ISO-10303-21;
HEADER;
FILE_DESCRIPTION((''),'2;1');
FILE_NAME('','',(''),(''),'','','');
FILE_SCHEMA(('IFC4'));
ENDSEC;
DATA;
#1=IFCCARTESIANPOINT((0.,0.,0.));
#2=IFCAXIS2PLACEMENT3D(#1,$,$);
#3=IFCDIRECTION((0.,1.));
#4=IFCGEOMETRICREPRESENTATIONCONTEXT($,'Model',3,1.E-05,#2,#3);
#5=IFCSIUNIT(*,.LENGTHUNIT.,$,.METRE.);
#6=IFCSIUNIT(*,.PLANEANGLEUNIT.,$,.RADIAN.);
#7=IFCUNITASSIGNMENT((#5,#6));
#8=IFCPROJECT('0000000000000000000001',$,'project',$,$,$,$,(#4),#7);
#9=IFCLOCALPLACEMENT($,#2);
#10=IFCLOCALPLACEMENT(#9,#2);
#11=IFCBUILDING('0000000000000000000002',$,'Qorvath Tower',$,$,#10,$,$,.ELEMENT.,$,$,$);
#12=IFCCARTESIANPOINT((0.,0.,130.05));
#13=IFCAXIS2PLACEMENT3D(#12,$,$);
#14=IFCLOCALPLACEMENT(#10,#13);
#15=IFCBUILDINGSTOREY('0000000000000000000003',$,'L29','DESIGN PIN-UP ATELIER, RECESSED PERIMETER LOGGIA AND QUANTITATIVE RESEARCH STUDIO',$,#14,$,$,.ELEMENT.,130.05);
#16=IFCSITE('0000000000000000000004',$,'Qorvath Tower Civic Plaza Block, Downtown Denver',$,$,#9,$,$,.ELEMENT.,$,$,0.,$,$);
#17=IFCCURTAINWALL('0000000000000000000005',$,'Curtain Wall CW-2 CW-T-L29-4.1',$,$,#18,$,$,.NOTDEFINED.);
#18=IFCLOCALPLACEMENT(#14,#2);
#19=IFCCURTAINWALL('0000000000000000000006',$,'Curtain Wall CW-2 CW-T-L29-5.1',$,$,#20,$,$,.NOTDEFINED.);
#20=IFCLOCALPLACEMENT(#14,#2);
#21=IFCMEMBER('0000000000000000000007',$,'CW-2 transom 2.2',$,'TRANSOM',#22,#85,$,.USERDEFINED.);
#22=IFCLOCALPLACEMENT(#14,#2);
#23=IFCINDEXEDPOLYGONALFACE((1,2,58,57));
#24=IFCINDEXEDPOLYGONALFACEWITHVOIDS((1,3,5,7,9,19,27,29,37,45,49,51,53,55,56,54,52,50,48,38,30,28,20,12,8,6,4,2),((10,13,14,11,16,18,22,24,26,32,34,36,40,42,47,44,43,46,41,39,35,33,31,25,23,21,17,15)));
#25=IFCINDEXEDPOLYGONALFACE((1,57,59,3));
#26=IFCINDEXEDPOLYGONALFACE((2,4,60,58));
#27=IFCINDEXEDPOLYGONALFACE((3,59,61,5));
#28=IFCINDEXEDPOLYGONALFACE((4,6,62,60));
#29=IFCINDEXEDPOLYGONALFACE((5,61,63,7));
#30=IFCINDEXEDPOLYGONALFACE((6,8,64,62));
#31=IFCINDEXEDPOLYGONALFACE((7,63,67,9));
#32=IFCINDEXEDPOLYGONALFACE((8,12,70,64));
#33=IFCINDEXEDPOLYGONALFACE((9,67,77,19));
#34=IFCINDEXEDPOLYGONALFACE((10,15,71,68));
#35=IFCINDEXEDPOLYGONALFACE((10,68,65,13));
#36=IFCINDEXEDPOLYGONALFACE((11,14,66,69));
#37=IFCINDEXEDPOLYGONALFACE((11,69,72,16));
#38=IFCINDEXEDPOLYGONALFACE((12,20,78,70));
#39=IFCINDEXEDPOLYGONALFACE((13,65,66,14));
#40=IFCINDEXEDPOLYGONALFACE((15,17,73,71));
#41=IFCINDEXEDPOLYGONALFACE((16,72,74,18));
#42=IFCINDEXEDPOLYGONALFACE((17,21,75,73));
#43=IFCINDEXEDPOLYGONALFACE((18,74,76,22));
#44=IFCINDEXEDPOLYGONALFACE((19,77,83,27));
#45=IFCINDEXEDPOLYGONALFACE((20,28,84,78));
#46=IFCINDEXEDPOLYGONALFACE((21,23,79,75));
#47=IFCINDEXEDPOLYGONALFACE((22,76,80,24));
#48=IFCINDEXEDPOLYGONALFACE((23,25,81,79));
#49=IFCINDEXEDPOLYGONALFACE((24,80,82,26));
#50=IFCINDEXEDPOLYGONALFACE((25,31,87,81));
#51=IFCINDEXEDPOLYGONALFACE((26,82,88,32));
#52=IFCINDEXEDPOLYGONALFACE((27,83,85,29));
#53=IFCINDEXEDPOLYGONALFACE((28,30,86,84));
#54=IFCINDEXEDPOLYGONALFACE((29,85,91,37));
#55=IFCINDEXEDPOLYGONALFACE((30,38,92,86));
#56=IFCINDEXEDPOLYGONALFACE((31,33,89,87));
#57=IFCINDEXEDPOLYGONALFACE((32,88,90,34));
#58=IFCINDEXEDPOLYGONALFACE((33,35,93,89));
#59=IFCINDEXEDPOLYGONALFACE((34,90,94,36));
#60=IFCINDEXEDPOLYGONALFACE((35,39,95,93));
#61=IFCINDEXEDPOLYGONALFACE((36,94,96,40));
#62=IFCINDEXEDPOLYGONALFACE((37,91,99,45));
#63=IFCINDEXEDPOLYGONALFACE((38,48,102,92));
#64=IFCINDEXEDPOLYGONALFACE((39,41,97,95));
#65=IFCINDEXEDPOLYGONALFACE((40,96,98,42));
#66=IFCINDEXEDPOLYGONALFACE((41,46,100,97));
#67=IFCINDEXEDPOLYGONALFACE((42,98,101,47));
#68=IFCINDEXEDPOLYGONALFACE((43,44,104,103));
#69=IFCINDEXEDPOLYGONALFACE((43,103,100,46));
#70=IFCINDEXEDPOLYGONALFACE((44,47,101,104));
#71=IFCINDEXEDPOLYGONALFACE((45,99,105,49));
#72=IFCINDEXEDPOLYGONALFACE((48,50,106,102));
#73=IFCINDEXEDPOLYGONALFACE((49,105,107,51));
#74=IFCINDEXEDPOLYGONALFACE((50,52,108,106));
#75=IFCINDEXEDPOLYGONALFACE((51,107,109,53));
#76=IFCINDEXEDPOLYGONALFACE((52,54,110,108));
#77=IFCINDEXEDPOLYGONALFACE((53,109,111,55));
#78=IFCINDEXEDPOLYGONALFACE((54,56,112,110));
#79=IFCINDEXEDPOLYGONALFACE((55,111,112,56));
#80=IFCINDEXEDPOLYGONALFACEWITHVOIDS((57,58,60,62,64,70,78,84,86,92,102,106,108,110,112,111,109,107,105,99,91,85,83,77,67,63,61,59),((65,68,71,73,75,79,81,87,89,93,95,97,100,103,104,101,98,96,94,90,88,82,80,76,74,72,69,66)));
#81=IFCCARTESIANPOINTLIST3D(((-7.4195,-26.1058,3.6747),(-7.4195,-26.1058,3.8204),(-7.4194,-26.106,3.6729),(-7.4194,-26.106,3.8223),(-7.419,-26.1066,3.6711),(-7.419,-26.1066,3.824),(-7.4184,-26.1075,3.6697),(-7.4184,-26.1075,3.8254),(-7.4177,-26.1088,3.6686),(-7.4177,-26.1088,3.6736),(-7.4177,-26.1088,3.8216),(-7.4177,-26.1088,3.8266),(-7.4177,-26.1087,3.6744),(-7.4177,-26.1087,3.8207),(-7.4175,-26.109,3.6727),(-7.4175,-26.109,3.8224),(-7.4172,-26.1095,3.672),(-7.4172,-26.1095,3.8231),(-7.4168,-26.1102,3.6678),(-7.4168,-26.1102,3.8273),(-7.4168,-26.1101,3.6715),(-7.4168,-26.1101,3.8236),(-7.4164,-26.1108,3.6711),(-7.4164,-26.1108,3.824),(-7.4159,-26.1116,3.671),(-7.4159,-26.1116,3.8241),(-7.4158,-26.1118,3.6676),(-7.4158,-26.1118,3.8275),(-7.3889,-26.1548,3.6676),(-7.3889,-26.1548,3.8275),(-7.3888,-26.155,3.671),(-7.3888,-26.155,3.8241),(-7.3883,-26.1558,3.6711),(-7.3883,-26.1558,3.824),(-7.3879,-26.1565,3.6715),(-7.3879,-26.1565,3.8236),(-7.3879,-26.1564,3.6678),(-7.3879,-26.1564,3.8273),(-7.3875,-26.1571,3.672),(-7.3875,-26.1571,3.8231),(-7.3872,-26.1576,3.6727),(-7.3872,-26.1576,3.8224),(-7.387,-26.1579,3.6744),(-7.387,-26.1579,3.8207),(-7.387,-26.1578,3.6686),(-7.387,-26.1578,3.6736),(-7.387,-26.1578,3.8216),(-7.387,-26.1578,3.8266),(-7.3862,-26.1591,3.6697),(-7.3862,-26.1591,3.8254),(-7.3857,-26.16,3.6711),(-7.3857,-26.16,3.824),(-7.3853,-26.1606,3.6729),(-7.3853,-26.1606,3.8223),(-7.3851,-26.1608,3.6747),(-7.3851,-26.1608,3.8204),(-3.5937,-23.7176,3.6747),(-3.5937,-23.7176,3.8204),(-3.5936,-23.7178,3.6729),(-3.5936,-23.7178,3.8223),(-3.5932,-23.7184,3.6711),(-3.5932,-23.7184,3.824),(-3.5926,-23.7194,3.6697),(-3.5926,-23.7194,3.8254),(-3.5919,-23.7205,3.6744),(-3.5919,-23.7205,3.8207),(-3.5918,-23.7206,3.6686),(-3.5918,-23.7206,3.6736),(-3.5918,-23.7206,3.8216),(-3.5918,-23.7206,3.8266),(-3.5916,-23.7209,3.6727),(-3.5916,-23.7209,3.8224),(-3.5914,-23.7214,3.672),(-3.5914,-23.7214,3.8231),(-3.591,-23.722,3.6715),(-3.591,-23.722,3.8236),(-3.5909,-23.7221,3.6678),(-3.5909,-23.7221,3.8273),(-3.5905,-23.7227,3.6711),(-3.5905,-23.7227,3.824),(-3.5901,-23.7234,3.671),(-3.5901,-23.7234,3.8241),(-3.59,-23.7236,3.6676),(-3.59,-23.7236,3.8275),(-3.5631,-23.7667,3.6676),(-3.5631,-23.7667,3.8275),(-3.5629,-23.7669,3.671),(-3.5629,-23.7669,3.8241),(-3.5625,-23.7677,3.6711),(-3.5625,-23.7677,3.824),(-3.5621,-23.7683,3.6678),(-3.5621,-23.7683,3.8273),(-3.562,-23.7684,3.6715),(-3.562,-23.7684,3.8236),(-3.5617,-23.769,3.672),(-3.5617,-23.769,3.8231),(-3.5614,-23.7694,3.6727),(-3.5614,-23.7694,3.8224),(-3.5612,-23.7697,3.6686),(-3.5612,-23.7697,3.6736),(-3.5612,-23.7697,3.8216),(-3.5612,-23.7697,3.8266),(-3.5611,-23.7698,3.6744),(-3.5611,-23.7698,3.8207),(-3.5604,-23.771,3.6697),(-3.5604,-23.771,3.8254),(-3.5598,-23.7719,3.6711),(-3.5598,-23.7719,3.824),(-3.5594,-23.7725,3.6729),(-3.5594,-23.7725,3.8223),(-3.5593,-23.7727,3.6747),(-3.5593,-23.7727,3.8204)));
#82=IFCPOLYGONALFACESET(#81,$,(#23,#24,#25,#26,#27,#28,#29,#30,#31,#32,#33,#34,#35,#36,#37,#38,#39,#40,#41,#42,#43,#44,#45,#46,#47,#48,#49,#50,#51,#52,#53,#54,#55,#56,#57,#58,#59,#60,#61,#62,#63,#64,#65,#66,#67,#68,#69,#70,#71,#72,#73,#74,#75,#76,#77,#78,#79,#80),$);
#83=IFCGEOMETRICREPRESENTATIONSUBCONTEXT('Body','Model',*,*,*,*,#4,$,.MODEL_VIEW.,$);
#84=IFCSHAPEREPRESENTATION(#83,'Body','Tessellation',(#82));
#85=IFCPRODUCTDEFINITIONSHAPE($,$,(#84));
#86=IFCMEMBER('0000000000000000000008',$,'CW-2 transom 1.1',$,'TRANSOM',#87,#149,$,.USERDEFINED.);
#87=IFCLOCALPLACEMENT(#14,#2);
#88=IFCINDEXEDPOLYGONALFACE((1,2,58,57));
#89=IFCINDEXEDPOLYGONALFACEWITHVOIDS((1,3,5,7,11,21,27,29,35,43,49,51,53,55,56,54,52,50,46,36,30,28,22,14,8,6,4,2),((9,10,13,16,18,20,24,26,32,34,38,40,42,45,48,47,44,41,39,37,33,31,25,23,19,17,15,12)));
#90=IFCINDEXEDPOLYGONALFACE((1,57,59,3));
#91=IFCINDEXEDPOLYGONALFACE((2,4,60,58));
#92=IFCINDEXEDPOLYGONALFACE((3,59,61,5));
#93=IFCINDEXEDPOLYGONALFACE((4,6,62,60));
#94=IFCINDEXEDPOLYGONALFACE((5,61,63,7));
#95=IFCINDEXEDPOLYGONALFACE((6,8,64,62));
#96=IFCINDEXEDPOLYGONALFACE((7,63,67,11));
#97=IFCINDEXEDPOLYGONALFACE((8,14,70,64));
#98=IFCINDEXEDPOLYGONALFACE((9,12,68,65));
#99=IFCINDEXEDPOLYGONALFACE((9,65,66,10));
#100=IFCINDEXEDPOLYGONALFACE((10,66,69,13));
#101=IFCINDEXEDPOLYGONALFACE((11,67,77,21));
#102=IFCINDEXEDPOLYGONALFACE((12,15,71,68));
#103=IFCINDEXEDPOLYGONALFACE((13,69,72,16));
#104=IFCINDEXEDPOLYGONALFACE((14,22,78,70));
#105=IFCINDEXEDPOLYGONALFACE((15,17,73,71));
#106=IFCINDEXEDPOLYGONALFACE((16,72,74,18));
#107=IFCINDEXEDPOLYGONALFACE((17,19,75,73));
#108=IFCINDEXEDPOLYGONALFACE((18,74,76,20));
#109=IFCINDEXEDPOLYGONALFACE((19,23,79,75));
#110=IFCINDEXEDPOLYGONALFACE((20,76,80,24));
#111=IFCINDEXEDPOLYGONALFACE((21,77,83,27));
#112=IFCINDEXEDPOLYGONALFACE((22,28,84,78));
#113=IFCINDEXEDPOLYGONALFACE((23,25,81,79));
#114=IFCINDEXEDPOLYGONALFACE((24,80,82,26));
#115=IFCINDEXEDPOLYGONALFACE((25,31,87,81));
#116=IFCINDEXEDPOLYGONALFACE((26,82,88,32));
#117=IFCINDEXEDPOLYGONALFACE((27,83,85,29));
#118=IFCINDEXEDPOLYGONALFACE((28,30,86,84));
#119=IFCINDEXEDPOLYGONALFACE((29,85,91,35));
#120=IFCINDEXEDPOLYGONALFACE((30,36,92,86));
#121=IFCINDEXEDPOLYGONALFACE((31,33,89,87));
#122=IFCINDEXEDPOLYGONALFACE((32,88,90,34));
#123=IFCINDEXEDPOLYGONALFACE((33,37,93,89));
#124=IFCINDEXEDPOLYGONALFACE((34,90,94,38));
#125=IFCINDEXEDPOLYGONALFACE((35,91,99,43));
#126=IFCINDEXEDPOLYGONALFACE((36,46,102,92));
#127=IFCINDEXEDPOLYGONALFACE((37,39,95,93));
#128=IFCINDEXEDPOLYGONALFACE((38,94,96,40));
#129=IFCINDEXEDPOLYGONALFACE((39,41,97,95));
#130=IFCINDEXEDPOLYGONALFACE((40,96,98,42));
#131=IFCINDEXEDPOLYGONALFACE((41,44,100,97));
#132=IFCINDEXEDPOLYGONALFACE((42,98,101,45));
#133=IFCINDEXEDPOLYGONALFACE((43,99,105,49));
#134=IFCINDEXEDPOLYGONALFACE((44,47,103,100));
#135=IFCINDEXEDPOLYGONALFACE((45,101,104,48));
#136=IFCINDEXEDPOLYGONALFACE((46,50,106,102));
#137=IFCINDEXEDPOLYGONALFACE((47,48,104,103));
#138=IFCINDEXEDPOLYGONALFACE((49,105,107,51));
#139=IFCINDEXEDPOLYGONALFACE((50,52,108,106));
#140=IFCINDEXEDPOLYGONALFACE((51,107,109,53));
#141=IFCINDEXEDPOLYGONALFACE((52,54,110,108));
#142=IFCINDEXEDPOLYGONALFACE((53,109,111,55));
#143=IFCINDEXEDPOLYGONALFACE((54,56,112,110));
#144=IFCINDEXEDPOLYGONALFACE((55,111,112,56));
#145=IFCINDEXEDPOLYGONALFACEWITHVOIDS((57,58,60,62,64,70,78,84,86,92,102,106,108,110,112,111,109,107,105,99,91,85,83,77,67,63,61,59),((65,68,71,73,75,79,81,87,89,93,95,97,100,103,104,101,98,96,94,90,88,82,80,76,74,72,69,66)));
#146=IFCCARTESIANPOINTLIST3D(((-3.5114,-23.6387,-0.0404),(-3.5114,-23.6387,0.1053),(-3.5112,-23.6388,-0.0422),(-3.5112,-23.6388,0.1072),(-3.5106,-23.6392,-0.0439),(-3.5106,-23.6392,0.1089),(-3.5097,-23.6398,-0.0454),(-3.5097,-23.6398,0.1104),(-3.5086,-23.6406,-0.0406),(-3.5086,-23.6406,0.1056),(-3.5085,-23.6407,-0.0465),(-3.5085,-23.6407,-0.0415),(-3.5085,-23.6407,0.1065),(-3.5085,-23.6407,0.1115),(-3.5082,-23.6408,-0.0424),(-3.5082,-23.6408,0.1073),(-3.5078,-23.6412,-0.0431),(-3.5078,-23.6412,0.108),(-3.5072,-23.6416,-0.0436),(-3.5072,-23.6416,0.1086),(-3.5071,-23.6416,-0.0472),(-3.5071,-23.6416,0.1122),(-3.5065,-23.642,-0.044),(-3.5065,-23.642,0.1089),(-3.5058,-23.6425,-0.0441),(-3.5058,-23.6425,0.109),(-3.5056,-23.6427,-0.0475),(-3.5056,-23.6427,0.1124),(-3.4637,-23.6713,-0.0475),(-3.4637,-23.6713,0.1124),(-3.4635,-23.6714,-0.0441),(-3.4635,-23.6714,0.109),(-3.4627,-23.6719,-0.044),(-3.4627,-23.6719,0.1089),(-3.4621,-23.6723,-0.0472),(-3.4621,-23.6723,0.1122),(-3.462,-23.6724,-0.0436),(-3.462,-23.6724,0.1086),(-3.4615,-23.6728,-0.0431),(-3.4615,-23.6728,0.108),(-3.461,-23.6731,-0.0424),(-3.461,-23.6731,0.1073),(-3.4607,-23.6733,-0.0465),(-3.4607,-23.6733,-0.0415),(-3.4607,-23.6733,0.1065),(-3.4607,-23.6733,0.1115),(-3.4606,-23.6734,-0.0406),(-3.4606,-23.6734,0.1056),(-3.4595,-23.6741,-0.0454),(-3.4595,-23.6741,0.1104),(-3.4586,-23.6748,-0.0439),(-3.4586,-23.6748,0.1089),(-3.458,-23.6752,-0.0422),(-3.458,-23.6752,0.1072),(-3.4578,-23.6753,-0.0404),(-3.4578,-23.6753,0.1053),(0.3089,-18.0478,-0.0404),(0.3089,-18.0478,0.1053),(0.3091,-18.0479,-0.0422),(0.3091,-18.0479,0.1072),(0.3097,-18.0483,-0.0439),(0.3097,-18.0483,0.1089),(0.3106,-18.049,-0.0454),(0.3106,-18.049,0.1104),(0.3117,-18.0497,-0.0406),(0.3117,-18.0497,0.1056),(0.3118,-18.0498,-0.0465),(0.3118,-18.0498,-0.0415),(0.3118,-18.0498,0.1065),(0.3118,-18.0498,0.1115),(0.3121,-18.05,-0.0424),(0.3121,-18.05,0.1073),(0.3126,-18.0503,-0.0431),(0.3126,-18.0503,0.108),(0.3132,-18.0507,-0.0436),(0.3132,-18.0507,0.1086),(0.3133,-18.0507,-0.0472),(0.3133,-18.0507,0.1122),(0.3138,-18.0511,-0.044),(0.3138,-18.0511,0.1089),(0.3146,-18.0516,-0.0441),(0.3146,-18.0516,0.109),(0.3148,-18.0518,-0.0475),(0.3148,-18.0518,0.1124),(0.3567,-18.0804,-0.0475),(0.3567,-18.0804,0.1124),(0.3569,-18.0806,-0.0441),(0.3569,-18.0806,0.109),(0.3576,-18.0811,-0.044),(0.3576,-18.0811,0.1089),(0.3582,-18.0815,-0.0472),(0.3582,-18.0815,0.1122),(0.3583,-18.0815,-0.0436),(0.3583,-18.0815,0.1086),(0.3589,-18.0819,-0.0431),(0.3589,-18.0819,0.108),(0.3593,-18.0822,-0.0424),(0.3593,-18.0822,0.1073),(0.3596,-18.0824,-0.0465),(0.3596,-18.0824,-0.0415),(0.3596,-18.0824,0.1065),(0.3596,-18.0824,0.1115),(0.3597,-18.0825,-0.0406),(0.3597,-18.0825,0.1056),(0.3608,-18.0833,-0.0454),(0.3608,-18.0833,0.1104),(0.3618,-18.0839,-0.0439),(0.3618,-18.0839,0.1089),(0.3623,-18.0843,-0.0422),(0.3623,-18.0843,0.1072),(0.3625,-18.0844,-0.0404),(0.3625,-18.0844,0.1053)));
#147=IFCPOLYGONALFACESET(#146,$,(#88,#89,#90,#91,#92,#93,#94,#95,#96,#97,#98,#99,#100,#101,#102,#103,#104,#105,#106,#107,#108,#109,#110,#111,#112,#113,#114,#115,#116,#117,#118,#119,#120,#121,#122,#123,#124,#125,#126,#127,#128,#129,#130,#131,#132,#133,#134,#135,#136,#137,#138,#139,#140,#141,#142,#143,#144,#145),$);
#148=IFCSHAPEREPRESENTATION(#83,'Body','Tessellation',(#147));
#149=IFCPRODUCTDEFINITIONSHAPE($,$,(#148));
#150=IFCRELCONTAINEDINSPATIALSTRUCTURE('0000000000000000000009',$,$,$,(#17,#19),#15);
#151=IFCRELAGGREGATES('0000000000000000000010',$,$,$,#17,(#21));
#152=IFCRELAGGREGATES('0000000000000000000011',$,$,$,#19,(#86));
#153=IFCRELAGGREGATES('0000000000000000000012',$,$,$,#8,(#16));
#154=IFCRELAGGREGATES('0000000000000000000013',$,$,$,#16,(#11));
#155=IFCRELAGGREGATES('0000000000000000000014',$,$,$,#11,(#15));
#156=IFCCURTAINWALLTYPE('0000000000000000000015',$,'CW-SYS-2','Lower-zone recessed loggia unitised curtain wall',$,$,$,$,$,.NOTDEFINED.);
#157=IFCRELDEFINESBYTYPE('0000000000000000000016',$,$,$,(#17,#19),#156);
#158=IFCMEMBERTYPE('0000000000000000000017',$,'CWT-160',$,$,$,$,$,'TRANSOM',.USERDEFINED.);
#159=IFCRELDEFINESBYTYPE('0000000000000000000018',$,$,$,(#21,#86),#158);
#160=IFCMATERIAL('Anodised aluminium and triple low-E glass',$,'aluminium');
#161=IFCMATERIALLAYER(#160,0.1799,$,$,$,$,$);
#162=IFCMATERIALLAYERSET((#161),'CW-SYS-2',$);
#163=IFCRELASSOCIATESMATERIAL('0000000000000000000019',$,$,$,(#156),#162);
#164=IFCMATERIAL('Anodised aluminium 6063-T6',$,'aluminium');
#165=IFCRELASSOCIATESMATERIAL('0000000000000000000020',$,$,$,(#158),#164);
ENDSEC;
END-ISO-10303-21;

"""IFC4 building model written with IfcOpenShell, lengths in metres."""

from ifc_helpers import new_model, si_unit, direction, frame, origin, origin_2d, place, context, subcontext, project, spatial, hollow_rectangle, extrude, material, layer, layer_set, material_profile, profile_set, type_object, element, aggregate, save


model = new_model("IFC4")

# Units and contexts
model_context = context("Model", 3, precision=1e-05, world=origin(), true_north=direction((0.0, 1.0)))
body_context = subcontext(model_context, "Body", "Model", "MODEL_VIEW")
ifc_project = project(units=[si_unit("LENGTHUNIT", "METRE"), si_unit("PLANEANGLEUNIT", "RADIAN")], contexts=[model_context])

# Site, building, storey
site_placement = place(None, origin())
site = spatial("IfcSite", under=ifc_project, at=site_placement, Name="Qorvath Tower Civic Plaza Block, Downtown Denver", CompositionType="ELEMENT", RefElevation=0.0)
building_placement = place(site_placement, origin())
building = spatial("IfcBuilding", under=site, at=building_placement, Name="Qorvath Tower", CompositionType="ELEMENT")
storey_placement = place(building_placement, frame((0.0, 0.0, 130.05)))
storey = spatial("IfcBuildingStorey", under=building, at=storey_placement, Name="L29", Description="DESIGN PIN-UP ATELIER, RECESSED PERIMETER LOGGIA AND QUANTITATIVE RESEARCH STUDIO", CompositionType="ELEMENT", Elevation=130.05)

# Curtain walls
ifc_material_1 = material(Name="Anodised aluminium and triple low-E glass", Category="aluminium")
ifc_layer_1 = layer(ifc_material_1, 0.1799)
ifc_layer_set_1 = layer_set([ifc_layer_1], Name="CW-SYS-2")
curtain_wall_type = type_object("IfcCurtainWallType", Name="CW-SYS-2", Description="Lower-zone recessed loggia unitised curtain wall", PredefinedType="NOTDEFINED", material=ifc_layer_set_1)
curtain_wall_1_placement = place(storey_placement, origin())
curtain_wall_1 = element("IfcCurtainWall", 1, at=curtain_wall_1_placement, inside=storey, type_object=curtain_wall_type, Name="Curtain Wall CW-2 CW-T-L29-4.1", PredefinedType="NOTDEFINED")
curtain_wall_2_placement = place(storey_placement, origin())
curtain_wall_2 = element("IfcCurtainWall", 2, at=curtain_wall_2_placement, inside=storey, type_object=curtain_wall_type, Name="Curtain Wall CW-2 CW-T-L29-5.1", PredefinedType="NOTDEFINED")

# Members
ifc_material_2 = material(Name="Anodised aluminium 6063-T6", Category="aluminium")
ifc_material_profile_1 = material_profile(ifc_material_2, hollow_rectangle(XDim=0.0649, YDim=0.1599, WallThickness=0.0034, InnerFilletRadius=0.0034, OuterFilletRadius=0.0071, at=origin_2d()), Name="CWT 160x65")
ifc_profile_set_1 = profile_set([ifc_material_profile_1], Name="Anodised aluminium 6063-T6")
member_type_1 = type_object("IfcMemberType", Name="CWT-160", ElementType="TRANSOM", PredefinedType="USERDEFINED", material=ifc_profile_set_1)
member_1_placement = place(storey_placement, frame((-7.4023, -26.1333, 3.7476), z_axis=(0.848299, 0.529517, 0.0), x_axis=(-0.529517, 0.848299, 0.0)))
member_1 = element("IfcMember", 3, at=member_1_placement, type_object=member_type_1, Name="CW-2 transom 2.2", ObjectType="TRANSOM", PredefinedType="USERDEFINED", context=body_context, shape_type="SweptSolid", body=[
    extrude(hollow_rectangle(XDim=0.0649, YDim=0.1599, WallThickness=0.0034, InnerFilletRadius=0.0034, OuterFilletRadius=0.0071, at=origin_2d()), origin(), (0.0, 0.0, 1.0), 4.51),
])
member_2_placement = place(storey_placement, frame((-3.4846, -23.657, 0.0325), z_axis=(0.564182, 0.82565, 0.0), x_axis=(-0.82565, 0.564182, 0.0)))
member_2 = element("IfcMember", 4, at=member_2_placement, type_object=member_type_1, Name="CW-2 transom 1.1", ObjectType="TRANSOM", PredefinedType="USERDEFINED", context=body_context, shape_type="SweptSolid", body=[
    extrude(hollow_rectangle(XDim=0.0649, YDim=0.1599, WallThickness=0.0034, InnerFilletRadius=0.0034, OuterFilletRadius=0.0071, at=origin_2d()), origin(), (0.0, 0.0, 1.0), 6.7715),
])

aggregate(curtain_wall_1, [member_1])
aggregate(curtain_wall_2, [member_2])

save(model, "model.ifc")
